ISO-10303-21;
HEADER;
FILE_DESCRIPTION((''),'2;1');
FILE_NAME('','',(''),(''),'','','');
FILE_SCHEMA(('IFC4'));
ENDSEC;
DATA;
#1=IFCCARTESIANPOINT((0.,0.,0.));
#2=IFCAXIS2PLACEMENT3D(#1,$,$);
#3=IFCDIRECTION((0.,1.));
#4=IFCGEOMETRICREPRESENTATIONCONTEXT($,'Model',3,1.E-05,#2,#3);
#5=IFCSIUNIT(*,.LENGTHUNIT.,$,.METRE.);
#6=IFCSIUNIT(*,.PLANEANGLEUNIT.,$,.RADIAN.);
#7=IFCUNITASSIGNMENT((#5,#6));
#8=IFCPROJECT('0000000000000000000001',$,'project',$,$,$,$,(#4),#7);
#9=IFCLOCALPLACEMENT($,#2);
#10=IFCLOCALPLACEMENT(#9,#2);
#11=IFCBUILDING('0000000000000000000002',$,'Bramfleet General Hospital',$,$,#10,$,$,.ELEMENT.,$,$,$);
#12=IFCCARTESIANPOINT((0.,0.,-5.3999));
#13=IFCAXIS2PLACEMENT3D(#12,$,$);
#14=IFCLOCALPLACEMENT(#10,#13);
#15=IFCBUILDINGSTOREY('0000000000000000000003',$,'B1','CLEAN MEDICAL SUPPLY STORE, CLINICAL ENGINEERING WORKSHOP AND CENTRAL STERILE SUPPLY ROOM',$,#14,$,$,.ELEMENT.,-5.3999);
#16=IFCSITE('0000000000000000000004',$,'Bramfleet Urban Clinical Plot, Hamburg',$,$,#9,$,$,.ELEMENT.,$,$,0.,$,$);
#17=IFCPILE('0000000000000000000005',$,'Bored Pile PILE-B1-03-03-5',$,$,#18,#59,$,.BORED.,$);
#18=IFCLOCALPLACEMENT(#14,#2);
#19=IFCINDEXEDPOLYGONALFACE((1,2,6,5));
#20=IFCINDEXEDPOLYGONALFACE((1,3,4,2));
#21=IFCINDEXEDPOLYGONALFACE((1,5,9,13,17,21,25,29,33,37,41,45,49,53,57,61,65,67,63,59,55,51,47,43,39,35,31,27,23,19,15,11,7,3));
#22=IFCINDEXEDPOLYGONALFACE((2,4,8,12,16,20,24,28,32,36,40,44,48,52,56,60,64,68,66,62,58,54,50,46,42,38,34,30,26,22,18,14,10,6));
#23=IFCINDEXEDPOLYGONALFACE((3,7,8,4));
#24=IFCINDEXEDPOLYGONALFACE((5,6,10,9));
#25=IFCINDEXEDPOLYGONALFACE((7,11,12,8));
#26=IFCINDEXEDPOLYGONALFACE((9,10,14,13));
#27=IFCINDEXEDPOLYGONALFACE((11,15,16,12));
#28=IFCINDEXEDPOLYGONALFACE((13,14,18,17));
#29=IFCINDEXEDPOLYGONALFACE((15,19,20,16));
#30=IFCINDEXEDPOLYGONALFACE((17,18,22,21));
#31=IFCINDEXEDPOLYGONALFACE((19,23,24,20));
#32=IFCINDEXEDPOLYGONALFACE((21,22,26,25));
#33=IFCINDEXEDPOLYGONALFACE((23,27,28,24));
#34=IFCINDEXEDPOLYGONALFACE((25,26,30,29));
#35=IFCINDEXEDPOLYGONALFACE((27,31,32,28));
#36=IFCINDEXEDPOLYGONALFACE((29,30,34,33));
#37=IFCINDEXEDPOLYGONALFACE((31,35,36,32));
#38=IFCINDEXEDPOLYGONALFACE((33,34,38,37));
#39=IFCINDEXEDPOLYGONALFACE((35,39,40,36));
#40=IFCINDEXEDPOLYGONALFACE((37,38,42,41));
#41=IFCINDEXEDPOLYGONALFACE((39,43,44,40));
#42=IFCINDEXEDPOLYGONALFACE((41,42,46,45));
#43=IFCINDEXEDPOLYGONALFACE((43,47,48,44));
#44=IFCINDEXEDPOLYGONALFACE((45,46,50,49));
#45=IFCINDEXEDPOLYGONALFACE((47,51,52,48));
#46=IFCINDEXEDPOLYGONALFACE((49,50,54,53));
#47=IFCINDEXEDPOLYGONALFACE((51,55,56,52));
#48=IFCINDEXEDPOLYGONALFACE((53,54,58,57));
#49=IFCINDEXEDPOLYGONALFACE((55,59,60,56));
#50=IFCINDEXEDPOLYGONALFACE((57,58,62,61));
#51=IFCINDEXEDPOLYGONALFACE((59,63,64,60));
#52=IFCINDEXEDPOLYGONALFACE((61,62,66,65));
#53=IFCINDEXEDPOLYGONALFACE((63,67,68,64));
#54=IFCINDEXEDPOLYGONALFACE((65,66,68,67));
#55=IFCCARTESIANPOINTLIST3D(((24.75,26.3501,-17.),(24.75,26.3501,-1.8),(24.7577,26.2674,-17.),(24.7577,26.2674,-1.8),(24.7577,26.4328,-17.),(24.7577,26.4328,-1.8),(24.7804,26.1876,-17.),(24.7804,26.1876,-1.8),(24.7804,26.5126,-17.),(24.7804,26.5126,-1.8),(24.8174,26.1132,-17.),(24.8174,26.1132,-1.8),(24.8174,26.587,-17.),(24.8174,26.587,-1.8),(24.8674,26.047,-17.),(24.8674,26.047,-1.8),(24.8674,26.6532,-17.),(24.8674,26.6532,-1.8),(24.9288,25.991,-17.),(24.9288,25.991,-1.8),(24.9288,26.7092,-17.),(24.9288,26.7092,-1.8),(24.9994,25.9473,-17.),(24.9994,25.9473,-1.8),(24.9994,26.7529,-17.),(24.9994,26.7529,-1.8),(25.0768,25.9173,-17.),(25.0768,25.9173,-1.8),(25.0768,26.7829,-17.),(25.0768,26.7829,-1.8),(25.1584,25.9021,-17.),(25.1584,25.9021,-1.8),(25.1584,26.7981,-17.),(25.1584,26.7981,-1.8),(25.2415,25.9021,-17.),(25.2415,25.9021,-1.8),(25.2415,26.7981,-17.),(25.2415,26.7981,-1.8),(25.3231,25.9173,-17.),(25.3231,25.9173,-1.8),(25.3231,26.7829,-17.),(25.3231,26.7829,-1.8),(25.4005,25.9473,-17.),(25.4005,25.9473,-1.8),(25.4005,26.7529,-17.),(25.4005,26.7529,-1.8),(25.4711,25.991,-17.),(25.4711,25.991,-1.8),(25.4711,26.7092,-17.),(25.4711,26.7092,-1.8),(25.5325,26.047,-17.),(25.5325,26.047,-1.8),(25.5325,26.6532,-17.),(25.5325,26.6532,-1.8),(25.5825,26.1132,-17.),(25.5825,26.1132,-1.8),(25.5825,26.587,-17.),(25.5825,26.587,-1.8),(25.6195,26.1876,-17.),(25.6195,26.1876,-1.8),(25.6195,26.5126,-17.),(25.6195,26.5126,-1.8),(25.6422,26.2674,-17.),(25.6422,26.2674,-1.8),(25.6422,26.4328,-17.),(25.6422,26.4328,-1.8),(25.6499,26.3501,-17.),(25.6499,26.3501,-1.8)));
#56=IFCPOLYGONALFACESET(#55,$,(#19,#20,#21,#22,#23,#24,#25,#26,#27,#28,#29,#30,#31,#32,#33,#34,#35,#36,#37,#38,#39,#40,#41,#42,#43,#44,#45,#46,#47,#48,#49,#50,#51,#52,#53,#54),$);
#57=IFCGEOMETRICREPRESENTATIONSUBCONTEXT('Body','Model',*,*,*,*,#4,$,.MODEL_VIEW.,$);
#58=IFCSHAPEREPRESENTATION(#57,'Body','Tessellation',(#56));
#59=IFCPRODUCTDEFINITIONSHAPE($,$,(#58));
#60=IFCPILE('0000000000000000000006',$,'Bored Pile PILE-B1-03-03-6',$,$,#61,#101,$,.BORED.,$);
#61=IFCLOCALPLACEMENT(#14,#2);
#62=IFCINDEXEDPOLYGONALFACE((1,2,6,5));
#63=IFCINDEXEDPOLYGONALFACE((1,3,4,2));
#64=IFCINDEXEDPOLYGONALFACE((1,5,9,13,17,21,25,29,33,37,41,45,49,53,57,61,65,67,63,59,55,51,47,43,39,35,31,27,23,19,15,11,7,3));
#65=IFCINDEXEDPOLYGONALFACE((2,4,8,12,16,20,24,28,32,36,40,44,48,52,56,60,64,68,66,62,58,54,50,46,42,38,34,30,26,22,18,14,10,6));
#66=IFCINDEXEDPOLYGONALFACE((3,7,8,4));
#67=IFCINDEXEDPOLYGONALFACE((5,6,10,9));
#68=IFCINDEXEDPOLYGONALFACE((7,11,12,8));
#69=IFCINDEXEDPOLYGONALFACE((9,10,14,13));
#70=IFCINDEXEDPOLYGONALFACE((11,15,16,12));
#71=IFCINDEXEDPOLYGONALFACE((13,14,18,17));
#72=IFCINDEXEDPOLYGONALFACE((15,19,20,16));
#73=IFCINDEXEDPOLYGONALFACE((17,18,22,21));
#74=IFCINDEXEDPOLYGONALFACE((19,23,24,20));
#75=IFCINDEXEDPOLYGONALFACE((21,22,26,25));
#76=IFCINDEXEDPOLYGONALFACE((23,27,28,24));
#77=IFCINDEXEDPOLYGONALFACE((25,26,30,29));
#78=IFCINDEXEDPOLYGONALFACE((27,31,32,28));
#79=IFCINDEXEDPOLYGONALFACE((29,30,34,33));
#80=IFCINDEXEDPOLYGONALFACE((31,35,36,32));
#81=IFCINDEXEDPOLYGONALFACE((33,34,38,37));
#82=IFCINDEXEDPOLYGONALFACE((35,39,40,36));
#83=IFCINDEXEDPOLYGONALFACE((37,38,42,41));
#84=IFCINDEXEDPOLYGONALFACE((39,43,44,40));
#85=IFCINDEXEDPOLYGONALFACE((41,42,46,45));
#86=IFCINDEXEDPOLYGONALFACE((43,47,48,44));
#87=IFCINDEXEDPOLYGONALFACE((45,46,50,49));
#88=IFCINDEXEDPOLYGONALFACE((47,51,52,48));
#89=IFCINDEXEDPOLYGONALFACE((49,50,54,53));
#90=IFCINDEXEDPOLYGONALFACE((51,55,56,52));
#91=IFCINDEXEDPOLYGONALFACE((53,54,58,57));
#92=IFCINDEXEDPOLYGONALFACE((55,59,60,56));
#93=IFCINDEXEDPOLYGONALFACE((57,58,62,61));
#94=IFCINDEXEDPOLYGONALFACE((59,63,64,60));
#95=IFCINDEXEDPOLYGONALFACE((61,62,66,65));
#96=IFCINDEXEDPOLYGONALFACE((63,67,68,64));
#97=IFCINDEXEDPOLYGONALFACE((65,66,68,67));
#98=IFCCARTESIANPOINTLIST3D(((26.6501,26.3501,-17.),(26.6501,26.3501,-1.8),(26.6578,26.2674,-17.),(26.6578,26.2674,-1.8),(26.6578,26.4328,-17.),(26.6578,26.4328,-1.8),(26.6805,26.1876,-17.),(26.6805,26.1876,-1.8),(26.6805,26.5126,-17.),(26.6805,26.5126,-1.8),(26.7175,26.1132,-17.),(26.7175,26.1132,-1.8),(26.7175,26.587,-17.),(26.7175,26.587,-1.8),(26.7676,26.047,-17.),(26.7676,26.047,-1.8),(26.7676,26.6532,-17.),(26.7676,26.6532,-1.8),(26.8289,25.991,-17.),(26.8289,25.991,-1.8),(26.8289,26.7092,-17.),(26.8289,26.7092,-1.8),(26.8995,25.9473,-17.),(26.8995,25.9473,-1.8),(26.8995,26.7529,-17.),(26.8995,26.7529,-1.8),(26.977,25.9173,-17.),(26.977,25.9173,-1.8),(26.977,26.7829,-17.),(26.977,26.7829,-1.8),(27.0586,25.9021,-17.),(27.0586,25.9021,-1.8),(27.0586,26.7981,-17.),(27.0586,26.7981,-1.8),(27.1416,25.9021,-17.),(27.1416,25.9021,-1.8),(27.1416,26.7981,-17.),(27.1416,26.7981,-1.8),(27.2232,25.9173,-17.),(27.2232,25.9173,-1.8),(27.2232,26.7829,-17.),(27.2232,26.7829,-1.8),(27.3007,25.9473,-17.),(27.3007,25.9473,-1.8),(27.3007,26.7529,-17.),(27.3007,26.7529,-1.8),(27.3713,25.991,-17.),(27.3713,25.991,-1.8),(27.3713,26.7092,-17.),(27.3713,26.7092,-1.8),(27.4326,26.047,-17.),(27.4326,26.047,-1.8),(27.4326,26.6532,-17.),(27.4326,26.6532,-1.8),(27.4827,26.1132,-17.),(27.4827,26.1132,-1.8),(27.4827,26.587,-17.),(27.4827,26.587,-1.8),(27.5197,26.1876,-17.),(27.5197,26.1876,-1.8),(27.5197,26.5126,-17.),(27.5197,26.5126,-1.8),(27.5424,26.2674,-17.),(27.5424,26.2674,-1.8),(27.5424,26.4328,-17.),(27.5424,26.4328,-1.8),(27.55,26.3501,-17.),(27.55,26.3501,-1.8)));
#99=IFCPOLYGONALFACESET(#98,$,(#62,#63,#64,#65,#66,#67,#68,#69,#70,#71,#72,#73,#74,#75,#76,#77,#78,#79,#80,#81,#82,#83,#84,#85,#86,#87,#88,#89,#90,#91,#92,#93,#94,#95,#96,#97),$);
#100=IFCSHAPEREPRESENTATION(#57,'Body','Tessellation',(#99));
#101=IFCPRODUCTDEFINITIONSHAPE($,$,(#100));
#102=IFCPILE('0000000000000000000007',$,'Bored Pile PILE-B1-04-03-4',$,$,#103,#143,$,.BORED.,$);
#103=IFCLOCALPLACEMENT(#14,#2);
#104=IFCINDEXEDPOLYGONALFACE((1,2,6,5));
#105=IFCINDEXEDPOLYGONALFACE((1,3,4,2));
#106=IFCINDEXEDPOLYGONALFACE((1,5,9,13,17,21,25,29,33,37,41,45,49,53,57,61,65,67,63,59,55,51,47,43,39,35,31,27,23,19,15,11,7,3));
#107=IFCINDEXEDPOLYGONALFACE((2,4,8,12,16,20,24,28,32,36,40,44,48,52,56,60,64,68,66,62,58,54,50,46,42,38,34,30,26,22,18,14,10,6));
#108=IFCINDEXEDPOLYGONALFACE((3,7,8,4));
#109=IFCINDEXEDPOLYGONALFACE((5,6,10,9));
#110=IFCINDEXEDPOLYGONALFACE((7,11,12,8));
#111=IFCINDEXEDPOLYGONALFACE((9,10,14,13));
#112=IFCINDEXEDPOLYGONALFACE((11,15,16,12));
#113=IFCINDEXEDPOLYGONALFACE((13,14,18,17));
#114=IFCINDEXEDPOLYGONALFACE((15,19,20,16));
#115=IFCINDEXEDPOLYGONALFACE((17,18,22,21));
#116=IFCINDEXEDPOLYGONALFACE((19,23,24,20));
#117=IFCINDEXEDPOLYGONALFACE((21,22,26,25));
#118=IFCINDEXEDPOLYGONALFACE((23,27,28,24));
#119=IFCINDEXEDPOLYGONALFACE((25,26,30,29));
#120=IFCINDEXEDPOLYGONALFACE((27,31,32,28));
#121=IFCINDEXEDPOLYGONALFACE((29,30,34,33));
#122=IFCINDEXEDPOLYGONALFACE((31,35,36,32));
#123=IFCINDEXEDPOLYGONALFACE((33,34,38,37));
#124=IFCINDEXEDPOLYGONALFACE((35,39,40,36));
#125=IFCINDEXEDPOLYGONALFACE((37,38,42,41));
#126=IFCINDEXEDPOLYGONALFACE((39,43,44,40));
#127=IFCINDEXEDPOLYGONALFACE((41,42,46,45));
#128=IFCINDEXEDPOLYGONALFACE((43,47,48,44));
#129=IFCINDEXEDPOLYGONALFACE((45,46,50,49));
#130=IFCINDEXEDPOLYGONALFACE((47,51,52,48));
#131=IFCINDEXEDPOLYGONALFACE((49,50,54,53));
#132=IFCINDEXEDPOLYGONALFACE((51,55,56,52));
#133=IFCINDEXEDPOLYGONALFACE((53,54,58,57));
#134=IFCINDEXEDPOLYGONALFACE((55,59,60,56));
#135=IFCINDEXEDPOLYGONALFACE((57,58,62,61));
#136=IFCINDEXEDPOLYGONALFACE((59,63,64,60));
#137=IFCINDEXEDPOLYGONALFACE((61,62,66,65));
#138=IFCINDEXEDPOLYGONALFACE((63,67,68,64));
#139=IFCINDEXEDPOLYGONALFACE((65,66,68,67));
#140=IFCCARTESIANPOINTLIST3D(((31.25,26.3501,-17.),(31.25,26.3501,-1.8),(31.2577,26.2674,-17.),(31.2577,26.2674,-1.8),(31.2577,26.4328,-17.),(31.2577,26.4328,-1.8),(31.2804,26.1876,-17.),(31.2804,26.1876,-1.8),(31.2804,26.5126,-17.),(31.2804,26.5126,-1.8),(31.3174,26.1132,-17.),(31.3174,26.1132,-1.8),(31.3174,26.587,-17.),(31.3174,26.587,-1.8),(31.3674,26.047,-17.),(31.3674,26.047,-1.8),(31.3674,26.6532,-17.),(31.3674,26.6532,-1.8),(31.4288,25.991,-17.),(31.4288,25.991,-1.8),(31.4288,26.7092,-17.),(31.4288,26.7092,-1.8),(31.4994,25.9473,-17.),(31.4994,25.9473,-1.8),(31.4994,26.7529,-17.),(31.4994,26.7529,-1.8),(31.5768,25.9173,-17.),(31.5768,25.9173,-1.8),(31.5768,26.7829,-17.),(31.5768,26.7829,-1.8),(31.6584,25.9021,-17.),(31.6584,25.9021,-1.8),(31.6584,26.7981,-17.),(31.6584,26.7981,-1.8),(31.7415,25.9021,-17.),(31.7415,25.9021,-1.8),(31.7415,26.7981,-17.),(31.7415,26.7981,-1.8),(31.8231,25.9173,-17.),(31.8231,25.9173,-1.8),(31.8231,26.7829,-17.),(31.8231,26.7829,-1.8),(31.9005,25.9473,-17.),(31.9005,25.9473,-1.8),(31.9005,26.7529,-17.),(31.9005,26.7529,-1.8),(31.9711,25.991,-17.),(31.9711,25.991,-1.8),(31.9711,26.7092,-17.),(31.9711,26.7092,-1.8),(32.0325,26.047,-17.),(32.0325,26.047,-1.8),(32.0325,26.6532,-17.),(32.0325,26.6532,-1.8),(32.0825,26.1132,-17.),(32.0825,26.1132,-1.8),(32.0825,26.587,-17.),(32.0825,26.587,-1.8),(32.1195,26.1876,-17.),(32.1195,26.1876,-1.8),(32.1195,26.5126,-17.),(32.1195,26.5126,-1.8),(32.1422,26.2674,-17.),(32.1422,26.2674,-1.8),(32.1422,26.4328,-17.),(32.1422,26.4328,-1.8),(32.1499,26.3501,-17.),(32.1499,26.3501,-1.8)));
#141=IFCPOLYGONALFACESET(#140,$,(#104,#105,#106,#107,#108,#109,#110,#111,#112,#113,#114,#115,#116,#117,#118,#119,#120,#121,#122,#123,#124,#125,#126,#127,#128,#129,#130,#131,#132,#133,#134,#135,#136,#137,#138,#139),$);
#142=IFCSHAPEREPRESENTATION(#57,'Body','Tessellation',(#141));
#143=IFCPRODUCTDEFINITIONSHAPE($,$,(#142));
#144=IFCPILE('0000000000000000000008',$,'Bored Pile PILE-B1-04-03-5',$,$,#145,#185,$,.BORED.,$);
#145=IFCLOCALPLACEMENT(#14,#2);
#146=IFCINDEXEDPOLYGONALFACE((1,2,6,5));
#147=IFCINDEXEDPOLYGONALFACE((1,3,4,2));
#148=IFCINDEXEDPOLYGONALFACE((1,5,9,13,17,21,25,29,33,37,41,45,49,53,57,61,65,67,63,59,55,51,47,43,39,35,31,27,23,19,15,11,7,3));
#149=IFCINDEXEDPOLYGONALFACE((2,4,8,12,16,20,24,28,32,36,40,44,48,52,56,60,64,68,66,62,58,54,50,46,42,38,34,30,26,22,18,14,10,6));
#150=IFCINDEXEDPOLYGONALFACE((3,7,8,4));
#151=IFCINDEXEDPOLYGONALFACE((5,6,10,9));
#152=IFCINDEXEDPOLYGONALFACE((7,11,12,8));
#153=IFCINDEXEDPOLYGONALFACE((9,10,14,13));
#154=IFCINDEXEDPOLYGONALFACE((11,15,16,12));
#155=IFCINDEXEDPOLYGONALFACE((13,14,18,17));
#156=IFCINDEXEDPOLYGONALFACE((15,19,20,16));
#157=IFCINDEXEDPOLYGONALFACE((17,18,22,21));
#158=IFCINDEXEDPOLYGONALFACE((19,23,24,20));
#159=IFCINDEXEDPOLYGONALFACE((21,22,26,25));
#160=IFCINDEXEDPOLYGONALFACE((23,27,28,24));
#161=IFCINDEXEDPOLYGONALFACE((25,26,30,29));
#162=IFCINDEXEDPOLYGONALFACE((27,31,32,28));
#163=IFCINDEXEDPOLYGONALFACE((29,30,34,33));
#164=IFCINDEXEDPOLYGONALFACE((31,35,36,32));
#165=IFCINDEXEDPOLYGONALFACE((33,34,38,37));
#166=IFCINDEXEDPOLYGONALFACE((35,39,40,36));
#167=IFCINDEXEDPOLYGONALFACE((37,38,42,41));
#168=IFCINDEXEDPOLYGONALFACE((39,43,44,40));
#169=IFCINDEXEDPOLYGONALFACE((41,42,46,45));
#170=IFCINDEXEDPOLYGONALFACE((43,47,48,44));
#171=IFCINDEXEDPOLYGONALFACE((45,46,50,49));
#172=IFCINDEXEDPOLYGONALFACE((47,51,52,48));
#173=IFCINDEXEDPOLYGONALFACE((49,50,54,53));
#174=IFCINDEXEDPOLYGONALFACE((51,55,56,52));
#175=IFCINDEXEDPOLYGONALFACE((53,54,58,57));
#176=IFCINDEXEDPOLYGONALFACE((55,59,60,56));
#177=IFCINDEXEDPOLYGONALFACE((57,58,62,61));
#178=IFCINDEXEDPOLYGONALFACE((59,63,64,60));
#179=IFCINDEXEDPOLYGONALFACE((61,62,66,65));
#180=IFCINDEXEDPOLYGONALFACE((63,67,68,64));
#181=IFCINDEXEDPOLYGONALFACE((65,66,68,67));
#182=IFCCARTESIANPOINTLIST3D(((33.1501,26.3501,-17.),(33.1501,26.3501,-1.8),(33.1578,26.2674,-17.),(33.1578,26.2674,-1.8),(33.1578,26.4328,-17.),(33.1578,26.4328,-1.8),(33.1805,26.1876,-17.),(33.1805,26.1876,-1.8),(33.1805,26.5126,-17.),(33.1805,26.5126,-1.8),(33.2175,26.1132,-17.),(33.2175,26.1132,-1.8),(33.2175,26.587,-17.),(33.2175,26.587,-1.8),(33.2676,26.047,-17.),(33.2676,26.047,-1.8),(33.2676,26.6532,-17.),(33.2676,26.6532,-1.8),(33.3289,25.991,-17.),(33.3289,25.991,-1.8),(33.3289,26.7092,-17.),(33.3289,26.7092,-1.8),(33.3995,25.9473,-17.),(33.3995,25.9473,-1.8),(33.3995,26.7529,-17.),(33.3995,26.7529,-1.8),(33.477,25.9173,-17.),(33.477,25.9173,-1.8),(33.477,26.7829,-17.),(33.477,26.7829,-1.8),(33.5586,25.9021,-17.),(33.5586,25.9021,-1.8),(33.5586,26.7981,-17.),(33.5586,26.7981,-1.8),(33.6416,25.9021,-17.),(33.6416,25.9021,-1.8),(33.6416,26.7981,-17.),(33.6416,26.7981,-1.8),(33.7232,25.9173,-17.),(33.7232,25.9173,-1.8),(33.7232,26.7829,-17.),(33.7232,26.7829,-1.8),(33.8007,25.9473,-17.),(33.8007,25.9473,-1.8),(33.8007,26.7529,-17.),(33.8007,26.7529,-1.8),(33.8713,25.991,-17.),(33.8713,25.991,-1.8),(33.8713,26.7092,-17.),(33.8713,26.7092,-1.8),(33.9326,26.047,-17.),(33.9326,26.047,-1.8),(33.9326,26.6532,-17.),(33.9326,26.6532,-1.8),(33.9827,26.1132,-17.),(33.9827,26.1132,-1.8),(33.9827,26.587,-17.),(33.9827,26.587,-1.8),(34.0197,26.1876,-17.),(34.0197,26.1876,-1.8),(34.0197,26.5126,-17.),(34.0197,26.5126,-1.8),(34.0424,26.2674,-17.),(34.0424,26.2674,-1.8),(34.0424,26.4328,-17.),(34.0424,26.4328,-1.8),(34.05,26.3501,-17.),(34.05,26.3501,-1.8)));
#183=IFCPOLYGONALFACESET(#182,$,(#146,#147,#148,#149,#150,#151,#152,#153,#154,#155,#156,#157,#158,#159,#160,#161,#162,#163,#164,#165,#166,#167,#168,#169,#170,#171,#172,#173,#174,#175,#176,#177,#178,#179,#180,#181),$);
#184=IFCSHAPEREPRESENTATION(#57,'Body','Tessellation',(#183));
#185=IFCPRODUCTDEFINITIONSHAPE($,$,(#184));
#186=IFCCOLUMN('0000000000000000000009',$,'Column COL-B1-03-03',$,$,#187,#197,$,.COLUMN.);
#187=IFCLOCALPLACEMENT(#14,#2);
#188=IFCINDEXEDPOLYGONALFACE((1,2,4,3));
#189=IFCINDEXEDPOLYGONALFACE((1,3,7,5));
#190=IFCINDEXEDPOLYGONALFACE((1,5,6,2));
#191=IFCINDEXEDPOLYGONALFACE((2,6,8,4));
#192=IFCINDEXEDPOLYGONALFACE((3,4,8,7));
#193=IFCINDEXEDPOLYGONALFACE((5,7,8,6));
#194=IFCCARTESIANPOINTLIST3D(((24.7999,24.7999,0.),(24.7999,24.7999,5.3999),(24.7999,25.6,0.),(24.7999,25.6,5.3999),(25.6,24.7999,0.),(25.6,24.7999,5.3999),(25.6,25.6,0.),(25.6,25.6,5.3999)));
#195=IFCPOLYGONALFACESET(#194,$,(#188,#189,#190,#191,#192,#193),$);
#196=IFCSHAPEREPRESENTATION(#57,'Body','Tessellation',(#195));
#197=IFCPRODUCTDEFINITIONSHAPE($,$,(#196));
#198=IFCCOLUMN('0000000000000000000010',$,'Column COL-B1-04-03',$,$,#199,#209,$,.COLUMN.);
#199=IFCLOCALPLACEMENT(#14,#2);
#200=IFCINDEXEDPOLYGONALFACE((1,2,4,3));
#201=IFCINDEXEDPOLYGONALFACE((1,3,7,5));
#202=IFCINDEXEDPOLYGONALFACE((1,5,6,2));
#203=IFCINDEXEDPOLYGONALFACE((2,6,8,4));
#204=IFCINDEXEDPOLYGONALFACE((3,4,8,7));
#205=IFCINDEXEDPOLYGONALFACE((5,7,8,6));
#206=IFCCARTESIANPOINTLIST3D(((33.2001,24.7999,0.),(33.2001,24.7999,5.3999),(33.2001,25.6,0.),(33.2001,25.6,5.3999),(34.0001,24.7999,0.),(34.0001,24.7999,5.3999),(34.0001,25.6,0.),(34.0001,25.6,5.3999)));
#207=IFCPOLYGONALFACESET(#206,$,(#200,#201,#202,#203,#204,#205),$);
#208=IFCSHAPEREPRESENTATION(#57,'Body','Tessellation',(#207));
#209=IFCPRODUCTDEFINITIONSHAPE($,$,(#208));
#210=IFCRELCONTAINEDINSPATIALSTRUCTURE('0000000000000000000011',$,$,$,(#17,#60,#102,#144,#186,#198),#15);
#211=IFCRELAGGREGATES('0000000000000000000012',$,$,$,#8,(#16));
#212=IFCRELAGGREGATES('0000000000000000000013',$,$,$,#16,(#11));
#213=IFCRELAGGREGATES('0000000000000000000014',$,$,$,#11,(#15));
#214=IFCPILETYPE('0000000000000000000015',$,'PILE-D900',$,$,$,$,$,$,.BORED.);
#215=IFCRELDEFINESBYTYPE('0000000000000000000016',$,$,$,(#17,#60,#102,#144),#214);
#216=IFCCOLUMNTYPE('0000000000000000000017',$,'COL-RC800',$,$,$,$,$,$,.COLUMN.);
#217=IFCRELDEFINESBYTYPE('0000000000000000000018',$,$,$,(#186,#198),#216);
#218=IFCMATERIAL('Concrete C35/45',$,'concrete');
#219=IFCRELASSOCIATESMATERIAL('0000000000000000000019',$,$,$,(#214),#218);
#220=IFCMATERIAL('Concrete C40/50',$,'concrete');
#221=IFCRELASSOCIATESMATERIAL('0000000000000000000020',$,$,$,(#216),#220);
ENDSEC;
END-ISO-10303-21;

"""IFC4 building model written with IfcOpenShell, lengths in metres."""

from ifc_helpers import new_model, si_unit, direction, frame, origin, origin_2d, place, context, subcontext, project, spatial, rectangle, circle, extrude, material, material_profile, profile_set, type_object, element, save


model = new_model("IFC4")

# Units and contexts
model_context = context("Model", 3, precision=1e-05, world=origin(), true_north=direction((0.0, 1.0)))
body_context = subcontext(model_context, "Body", "Model", "MODEL_VIEW")
ifc_project = project(units=[si_unit("LENGTHUNIT", "METRE"), si_unit("PLANEANGLEUNIT", "RADIAN")], contexts=[model_context])

# Site, building, storey
site_placement = place(None, origin())
site = spatial("IfcSite", under=ifc_project, at=site_placement, Name="Bramfleet Urban Clinical Plot, Hamburg", CompositionType="ELEMENT", RefElevation=0.0)
building_placement = place(site_placement, origin())
building = spatial("IfcBuilding", under=site, at=building_placement, Name="Bramfleet General Hospital", CompositionType="ELEMENT")
storey_placement = place(building_placement, frame((0.0, 0.0, -5.3999)))
storey = spatial("IfcBuildingStorey", under=building, at=storey_placement, Name="B1", Description="CLEAN MEDICAL SUPPLY STORE, CLINICAL ENGINEERING WORKSHOP AND CENTRAL STERILE SUPPLY ROOM", CompositionType="ELEMENT", Elevation=-5.3999)

# Shared definitions
ifc_material_1 = material(Name="Concrete C35/45", Category="concrete")

# Piles
ifc_material_profile_1 = material_profile(ifc_material_1, circle(Radius=0.45, at=origin_2d()), Name="PILE BORED D900")
ifc_profile_set_1 = profile_set([ifc_material_profile_1], Name="Concrete C35/45")
pile_type_1 = type_object("IfcPileType", Name="PILE-D900", PredefinedType="BORED", material=ifc_profile_set_1)
for number, where, z_axis, x_axis, name in (
    (1, (25.2, 26.3501, -1.8), (0.0, 0.0, -1.0), (1.0, 0.0, 0.0), "Bored Pile PILE-B1-03-03-5"),
    (2, (27.1001, 26.3501, -1.8), (0.0, 0.0, -1.0), (1.0, 0.0, 0.0), "Bored Pile PILE-B1-03-03-6"),
    (3, (31.7, 26.3501, -1.8), (0.0, 0.0, -1.0), (1.0, 0.0, 0.0), "Bored Pile PILE-B1-04-03-4"),
    (4, (33.6001, 26.3501, -1.8), (0.0, 0.0, -1.0), (1.0, 0.0, 0.0), "Bored Pile PILE-B1-04-03-5"),
):
    element("IfcPile", number, at=place(storey_placement, frame(where, z_axis=z_axis, x_axis=x_axis)), inside=storey, type_object=pile_type_1, Name=name, PredefinedType="BORED", context=body_context, shape_type="SweptSolid", body=[
        extrude(circle(Radius=0.45, at=origin_2d()), origin(), (0.0, 0.0, 1.0), 15.2),
    ])

# Columns
ifc_material_2 = material(Name="Concrete C40/50", Category="concrete")
ifc_material_profile_2 = material_profile(ifc_material_2, rectangle(XDim=0.8, YDim=0.8, at=origin_2d()), Name="RC COL 800x800")
ifc_profile_set_2 = profile_set([ifc_material_profile_2], Name="Concrete C40/50")
column_type = type_object("IfcColumnType", Name="COL-RC800", PredefinedType="COLUMN", material=ifc_profile_set_2)
for number, where, z_axis, x_axis, name in (
    (5, (25.2, 25.2, 0.0), (0.0, 0.0, 1.0), (1.0, 0.0, 0.0), "Column COL-B1-03-03"),
    (6, (33.6001, 25.2, 0.0), (0.0, 0.0, 1.0), (1.0, 0.0, 0.0), "Column COL-B1-04-03"),
):
    element("IfcColumn", number, at=place(storey_placement, frame(where, z_axis=z_axis, x_axis=x_axis)), inside=storey, type_object=column_type, Name=name, PredefinedType="COLUMN", context=body_context, shape_type="SweptSolid", body=[
        extrude(rectangle(XDim=0.8, YDim=0.8, at=origin_2d()), origin(), (0.0, 0.0, 1.0), 5.3999),
    ])

save(model, "model.ifc")
